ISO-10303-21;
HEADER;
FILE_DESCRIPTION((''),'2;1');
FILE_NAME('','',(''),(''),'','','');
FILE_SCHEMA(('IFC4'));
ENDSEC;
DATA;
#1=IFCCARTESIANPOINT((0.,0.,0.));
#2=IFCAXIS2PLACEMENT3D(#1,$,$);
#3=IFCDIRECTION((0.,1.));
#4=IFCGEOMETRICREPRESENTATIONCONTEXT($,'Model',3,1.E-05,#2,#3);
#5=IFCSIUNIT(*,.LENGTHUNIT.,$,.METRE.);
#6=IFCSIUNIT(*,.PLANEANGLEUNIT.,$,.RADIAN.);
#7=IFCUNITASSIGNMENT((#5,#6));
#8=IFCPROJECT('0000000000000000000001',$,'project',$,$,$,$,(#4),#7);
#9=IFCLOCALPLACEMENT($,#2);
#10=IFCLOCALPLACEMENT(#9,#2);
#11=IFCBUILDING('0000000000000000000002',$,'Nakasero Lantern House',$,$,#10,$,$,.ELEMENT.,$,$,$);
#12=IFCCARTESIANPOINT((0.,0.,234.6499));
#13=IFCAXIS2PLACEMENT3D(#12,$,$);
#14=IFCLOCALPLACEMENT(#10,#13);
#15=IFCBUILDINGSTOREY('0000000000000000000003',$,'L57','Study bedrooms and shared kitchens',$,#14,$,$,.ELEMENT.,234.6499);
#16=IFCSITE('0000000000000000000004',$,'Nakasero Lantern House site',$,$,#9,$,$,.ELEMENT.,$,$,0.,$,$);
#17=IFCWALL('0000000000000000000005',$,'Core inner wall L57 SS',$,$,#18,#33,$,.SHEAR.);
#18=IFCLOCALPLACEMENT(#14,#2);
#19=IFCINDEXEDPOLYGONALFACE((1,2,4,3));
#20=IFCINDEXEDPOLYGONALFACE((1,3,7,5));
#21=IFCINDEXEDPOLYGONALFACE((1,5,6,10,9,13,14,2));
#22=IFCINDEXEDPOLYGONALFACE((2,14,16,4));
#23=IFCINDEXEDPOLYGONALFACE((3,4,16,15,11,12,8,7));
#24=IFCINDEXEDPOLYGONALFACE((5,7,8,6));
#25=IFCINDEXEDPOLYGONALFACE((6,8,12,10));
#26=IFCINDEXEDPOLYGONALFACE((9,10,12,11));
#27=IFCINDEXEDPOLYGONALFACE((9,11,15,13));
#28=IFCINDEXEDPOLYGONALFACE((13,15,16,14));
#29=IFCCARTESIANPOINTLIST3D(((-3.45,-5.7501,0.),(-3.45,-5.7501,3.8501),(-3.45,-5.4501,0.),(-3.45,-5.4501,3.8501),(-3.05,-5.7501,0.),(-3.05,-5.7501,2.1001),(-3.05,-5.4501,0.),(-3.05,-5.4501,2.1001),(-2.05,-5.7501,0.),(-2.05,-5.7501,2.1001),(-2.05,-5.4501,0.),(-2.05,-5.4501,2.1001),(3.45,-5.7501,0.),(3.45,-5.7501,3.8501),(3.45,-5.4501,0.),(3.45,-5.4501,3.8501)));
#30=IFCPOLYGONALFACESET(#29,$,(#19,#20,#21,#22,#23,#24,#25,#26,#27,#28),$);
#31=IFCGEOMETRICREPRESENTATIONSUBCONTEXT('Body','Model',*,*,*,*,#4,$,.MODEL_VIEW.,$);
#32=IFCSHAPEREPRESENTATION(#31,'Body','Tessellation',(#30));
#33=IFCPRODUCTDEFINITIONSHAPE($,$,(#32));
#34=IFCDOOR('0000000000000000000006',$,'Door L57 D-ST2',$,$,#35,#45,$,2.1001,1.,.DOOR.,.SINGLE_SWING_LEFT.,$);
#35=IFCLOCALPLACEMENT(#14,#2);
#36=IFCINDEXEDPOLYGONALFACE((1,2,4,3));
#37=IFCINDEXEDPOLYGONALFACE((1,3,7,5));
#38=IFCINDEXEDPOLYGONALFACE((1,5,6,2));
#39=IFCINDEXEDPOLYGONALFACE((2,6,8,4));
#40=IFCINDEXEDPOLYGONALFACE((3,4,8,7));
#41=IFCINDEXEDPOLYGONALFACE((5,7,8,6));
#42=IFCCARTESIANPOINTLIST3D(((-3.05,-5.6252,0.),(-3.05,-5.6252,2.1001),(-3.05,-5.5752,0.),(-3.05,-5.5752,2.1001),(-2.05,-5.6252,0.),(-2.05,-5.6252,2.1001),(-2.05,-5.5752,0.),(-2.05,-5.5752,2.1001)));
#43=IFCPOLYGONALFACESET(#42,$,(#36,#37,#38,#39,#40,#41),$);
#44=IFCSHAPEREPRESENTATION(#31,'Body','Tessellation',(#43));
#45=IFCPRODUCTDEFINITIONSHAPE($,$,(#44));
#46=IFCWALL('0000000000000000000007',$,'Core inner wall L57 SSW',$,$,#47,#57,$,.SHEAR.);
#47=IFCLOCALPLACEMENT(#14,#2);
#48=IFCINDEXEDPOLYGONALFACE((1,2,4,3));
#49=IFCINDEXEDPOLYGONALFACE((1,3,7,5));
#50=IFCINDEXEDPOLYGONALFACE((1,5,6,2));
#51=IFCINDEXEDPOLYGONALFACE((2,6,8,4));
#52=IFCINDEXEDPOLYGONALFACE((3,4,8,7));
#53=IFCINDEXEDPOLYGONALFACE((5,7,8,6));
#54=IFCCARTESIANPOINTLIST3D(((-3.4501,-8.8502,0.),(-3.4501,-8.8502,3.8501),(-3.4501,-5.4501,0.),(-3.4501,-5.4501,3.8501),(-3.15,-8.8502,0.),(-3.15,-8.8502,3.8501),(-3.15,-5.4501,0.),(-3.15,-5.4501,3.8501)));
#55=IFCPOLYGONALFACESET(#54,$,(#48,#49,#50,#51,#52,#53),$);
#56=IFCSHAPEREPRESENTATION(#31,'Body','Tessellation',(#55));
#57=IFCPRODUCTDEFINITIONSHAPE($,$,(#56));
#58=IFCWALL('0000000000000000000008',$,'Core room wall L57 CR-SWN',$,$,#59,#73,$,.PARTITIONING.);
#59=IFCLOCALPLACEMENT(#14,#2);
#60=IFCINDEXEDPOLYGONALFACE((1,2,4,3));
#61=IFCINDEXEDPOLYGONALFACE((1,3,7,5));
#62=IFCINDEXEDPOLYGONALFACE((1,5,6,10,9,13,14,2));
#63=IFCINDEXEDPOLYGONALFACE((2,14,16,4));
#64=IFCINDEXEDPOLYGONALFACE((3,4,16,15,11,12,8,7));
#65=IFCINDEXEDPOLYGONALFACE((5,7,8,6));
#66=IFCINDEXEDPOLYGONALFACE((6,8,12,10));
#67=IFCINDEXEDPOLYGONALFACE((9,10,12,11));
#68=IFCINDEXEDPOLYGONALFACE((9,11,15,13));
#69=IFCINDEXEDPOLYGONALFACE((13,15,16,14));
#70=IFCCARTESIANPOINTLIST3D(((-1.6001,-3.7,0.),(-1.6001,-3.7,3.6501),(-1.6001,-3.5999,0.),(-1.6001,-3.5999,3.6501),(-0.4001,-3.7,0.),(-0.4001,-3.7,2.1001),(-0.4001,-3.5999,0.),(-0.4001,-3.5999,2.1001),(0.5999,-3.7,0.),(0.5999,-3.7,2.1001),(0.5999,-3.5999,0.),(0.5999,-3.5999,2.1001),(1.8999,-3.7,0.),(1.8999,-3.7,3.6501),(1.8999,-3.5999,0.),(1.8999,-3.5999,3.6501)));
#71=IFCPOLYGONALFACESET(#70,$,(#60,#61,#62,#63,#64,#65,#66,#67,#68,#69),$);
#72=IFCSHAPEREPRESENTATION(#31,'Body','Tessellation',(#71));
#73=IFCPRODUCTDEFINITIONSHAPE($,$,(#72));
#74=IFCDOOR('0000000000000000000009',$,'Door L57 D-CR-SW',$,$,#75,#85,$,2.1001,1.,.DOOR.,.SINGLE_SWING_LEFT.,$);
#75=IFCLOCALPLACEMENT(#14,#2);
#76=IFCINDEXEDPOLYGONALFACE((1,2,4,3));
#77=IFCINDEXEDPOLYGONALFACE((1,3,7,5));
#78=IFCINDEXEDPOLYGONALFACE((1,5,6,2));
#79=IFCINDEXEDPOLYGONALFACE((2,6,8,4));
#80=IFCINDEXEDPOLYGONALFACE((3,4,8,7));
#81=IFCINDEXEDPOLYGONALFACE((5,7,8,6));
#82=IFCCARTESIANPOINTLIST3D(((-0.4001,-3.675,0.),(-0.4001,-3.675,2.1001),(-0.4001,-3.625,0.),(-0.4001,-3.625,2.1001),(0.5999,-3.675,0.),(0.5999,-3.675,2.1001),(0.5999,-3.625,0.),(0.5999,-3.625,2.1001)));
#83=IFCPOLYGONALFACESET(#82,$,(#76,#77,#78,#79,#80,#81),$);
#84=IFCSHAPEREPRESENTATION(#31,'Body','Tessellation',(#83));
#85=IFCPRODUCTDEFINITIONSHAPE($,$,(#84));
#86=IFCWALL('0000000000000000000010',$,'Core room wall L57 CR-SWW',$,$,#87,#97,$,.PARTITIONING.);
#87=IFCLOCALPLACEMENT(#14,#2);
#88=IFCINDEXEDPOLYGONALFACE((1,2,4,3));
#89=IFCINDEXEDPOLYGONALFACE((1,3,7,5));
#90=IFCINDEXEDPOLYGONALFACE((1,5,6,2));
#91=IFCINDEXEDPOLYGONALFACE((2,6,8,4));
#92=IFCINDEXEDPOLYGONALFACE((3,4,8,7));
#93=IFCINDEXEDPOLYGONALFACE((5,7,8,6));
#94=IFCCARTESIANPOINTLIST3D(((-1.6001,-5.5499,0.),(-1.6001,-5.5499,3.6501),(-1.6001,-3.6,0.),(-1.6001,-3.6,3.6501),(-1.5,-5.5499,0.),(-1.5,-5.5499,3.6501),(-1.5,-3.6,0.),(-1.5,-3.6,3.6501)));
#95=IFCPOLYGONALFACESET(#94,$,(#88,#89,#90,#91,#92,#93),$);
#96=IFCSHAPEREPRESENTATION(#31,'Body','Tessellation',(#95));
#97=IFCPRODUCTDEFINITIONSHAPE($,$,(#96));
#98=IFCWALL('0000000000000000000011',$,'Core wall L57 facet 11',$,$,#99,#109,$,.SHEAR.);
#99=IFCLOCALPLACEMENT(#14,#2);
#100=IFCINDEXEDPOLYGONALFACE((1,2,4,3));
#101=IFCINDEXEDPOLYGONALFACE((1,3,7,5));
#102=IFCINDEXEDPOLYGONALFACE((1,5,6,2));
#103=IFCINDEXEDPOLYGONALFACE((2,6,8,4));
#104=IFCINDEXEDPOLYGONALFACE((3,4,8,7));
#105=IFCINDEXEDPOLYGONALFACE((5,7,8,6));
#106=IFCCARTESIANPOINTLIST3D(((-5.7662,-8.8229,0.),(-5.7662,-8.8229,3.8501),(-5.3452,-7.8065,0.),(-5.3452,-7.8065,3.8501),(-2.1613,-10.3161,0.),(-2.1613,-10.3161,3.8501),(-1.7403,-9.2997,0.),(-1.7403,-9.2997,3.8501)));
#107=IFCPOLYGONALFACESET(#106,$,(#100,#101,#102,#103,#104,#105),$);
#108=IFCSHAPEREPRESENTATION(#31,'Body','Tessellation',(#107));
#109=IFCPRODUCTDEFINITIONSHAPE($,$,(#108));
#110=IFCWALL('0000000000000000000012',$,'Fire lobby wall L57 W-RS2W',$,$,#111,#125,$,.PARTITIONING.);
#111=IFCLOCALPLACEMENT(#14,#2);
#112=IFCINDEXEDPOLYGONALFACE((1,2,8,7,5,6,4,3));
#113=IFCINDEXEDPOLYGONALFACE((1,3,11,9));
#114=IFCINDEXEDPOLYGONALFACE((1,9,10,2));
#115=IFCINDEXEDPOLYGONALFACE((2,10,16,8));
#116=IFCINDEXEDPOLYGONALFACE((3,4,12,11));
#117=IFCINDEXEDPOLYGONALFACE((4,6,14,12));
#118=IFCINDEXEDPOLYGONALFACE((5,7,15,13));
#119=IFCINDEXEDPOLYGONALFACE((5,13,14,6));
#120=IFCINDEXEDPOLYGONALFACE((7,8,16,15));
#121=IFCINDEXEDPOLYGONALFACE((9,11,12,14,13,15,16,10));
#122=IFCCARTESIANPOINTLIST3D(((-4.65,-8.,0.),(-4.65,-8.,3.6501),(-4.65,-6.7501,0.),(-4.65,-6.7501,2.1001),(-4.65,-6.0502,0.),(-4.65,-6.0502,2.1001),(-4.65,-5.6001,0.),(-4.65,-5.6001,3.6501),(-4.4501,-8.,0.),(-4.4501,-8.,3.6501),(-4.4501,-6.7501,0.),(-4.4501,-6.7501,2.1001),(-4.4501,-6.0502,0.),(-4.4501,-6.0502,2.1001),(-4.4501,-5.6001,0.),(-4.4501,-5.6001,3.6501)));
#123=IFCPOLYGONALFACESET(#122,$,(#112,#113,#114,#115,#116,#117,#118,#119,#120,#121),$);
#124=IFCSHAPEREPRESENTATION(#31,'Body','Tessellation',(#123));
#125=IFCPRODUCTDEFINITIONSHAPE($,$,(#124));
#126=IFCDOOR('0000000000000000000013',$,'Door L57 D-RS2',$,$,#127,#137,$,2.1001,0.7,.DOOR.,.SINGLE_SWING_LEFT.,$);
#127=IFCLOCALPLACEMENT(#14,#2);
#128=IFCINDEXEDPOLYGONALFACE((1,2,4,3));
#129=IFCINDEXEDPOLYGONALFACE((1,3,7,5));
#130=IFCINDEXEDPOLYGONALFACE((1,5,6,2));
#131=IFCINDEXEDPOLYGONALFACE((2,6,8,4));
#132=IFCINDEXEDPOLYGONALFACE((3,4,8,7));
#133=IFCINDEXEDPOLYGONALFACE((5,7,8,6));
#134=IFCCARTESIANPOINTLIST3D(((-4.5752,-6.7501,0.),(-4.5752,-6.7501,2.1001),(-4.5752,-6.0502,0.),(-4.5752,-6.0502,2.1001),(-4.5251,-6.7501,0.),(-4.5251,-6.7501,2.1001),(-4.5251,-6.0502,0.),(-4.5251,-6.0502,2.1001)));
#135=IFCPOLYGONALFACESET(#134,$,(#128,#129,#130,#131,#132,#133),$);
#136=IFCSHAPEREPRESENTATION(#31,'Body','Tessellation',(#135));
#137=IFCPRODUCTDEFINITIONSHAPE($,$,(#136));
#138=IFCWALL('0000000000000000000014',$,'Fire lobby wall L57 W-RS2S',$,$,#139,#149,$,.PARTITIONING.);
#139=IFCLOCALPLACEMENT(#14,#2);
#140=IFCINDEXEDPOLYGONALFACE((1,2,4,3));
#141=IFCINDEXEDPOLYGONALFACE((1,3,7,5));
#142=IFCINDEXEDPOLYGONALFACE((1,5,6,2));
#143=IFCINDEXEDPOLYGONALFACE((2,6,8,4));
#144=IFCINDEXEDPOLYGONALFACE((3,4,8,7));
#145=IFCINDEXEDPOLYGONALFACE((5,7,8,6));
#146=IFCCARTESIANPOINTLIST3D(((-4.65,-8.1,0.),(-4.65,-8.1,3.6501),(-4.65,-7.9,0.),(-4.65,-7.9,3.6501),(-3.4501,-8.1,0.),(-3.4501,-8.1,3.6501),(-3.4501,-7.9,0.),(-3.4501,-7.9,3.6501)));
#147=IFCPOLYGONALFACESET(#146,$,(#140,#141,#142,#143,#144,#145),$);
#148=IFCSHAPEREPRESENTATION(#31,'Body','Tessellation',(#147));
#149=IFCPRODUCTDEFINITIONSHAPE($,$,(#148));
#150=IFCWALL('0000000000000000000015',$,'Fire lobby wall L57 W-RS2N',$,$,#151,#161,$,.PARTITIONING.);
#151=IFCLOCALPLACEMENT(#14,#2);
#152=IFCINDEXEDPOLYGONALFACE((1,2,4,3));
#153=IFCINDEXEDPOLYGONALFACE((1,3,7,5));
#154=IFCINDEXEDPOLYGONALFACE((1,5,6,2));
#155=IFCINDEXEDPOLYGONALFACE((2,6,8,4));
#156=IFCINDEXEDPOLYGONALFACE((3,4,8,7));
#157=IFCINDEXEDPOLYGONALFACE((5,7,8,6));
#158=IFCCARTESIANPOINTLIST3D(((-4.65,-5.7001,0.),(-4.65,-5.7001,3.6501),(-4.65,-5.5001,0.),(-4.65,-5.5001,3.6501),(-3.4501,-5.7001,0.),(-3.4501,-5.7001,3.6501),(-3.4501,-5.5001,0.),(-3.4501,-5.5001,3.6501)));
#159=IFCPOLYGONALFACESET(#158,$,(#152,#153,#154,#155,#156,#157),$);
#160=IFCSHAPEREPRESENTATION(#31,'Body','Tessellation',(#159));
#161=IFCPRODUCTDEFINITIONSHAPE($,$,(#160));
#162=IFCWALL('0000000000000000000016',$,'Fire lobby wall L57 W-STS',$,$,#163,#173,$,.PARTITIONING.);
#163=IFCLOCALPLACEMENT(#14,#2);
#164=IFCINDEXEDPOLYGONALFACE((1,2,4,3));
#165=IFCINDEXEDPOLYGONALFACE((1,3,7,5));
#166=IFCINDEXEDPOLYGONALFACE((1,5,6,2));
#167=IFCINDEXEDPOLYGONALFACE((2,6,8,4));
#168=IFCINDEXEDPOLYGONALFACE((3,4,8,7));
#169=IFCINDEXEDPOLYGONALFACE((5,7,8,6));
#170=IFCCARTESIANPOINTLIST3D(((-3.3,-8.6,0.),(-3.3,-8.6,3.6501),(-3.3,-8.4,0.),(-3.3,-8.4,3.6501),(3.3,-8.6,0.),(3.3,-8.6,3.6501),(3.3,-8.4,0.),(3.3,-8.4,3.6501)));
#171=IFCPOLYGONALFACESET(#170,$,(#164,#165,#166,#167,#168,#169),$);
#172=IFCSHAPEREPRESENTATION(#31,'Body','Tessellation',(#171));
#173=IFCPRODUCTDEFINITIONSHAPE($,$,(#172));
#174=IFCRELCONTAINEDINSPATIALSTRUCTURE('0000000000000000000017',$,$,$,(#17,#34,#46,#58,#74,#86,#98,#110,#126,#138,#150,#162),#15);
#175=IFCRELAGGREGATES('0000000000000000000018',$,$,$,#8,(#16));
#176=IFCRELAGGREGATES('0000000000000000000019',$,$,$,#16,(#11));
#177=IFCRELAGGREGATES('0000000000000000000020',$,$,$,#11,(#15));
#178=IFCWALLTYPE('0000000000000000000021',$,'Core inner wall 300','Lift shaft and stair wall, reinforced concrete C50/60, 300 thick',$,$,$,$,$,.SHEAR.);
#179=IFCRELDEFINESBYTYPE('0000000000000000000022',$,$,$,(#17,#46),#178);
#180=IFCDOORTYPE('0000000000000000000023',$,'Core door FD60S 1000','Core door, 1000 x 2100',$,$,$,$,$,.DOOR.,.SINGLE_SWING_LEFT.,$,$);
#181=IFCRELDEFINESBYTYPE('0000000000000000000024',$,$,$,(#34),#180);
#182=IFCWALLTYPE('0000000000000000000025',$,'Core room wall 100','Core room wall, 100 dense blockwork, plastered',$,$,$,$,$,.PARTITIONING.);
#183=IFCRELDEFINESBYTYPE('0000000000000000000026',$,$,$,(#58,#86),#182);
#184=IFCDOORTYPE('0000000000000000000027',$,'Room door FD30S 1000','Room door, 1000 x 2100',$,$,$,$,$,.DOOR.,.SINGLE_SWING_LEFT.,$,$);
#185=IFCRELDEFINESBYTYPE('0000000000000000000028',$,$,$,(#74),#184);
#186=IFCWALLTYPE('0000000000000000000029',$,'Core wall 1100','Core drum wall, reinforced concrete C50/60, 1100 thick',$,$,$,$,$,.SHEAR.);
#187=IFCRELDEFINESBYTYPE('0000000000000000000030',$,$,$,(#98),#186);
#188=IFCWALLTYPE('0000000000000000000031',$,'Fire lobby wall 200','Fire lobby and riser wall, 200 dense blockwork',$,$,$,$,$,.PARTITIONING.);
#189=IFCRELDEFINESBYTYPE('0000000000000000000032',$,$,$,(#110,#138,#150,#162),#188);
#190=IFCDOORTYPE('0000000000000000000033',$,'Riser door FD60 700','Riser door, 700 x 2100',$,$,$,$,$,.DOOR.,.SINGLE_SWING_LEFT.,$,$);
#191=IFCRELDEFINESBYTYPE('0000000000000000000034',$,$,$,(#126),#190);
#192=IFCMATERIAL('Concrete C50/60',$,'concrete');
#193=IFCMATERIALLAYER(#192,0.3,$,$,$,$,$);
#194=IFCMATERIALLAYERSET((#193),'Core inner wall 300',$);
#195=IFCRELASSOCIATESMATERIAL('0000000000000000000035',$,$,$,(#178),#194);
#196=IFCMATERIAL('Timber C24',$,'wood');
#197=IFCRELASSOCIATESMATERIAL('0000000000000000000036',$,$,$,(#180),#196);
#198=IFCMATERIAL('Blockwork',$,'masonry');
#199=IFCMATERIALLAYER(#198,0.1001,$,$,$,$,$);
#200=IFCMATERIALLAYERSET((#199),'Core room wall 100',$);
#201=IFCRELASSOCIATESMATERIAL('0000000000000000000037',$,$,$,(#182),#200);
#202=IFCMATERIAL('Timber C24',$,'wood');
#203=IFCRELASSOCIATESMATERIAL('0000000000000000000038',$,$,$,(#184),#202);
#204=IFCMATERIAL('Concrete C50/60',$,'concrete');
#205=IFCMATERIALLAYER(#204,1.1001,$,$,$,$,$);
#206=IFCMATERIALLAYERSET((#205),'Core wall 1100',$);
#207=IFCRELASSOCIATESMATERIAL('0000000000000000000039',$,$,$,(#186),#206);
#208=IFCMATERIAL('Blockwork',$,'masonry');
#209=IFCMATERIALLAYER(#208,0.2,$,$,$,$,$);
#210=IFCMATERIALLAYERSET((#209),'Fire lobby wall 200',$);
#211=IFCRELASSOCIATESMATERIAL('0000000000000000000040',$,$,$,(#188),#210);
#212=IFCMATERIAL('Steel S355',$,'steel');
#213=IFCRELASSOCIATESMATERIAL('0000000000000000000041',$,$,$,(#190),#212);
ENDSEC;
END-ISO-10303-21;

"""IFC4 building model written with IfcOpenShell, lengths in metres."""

from ifc_helpers import new_model, si_unit, direction, frame, frame_2d, origin, place, context, subcontext, project, spatial, rectangle, extrude, material, layer, layer_set, type_object, element, fill, save


model = new_model("IFC4")

# Units and contexts
model_context = context("Model", 3, precision=1e-05, world=origin(), true_north=direction((0.0, 1.0)))
body_context = subcontext(model_context, "Body", "Model", "MODEL_VIEW")
ifc_project = project(units=[si_unit("LENGTHUNIT", "METRE"), si_unit("PLANEANGLEUNIT", "RADIAN")], contexts=[model_context])

# Site, building, storey
site_placement = place(None, origin())
site = spatial("IfcSite", under=ifc_project, at=site_placement, Name="Nakasero Lantern House site", CompositionType="ELEMENT", RefElevation=0.0)
building_placement = place(site_placement, origin())
building = spatial("IfcBuilding", under=site, at=building_placement, Name="Nakasero Lantern House", CompositionType="ELEMENT")
storey_placement = place(building_placement, frame((0.0, 0.0, 234.6499)))
storey = spatial("IfcBuildingStorey", under=building, at=storey_placement, Name="L57", Description="Study bedrooms and shared kitchens", CompositionType="ELEMENT", Elevation=234.6499)

# Wall, opening, door
ifc_material_1 = material(Name="Concrete C50/60", Category="concrete")
ifc_layer_1 = layer(ifc_material_1, 0.3)
ifc_layer_set_1 = layer_set([ifc_layer_1], Name="Core inner wall 300")
wall_type_1 = type_object("IfcWallType", Name="Core inner wall 300", Description="Lift shaft and stair wall, reinforced concrete C50/60, 300 thick", PredefinedType="SHEAR", material=ifc_layer_set_1)
wall_1_placement = place(storey_placement, frame((-3.45, -5.6001, 0.0), z_axis=(0.0, 0.0, 1.0), x_axis=(1.0, 0.0, 0.0)))
wall_1 = element("IfcWall", 1, at=wall_1_placement, inside=storey, type_object=wall_type_1, Name="Core inner wall L57 SS", PredefinedType="SHEAR", context=body_context, shape_type="SweptSolid", body=[
    extrude(rectangle(XDim=6.8999, YDim=0.3, at=frame_2d((3.45, 0.0))), origin(), (0.0, 0.0, 1.0), 3.8501),
])
opening_1_placement = place(wall_1_placement, frame((0.3999, 0.0, 0.0)))
opening_1 = element("IfcOpeningElement", 2, at=opening_1_placement, cuts=wall_1, PredefinedType="OPENING", context=body_context, shape_type="SweptSolid", body=[
    extrude(rectangle(XDim=1.0, YDim=2.1001, at=frame_2d((0.5, 1.05))), frame((0.0, 0.1699, 0.0), z_axis=(0.0, -1.0, 0.0), x_axis=(1.0, 0.0, 0.0)), (0.0, 0.0, 1.0), 0.3401),
])
ifc_material_2 = material(Name="Timber C24", Category="wood")
door_type_1 = type_object("IfcDoorType", Name="Core door FD60S 1000", Description="Core door, 1000 x 2100", OperationType="SINGLE_SWING_LEFT", PredefinedType="DOOR", material=ifc_material_2)
door_1_placement = place(opening_1_placement, origin())
door_1 = element("IfcDoor", 3, at=door_1_placement, inside=storey, type_object=door_type_1, Name="Door L57 D-ST2", OperationType="SINGLE_SWING_LEFT", OverallHeight=2.1001, OverallWidth=1.0, PredefinedType="DOOR", context=body_context, shape_type="SweptSolid", body=[
    extrude(rectangle(XDim=1.0, YDim=2.1001, at=frame_2d((0.5, 1.05))), frame((0.0, 0.0249, 0.0), z_axis=(0.0, -1.0, 0.0), x_axis=(1.0, 0.0, 0.0)), (0.0, 0.0, 1.0), 0.05),
])
fill(opening_1, door_1)

# Wall
wall_2_placement = place(storey_placement, frame((-3.3, -5.45, 0.0), z_axis=(0.0, 0.0, 1.0), x_axis=(0.0, -1.0, 0.0)))
element("IfcWall", 4, at=wall_2_placement, inside=storey, type_object=wall_type_1, Name="Core inner wall L57 SSW", PredefinedType="SHEAR", context=body_context, shape_type="SweptSolid", body=[
    extrude(rectangle(XDim=3.4001, YDim=0.3, at=frame_2d((1.7002, 0.0))), origin(), (0.0, 0.0, 1.0), 3.8501),
])

# Wall, opening, door
ifc_material_3 = material(Name="Blockwork", Category="masonry")
ifc_layer_2 = layer(ifc_material_3, 0.1001)
ifc_layer_set_2 = layer_set([ifc_layer_2], Name="Core room wall 100")
wall_type_2 = type_object("IfcWallType", Name="Core room wall 100", Description="Core room wall, 100 dense blockwork, plastered", PredefinedType="PARTITIONING", material=ifc_layer_set_2)
wall_3_placement = place(storey_placement, frame((-1.6001, -3.6499, 0.0), z_axis=(0.0, 0.0, 1.0), x_axis=(1.0, 0.0, 0.0)))
wall_3 = element("IfcWall", 5, at=wall_3_placement, inside=storey, type_object=wall_type_2, Name="Core room wall L57 CR-SWN", PredefinedType="PARTITIONING", context=body_context, shape_type="SweptSolid", body=[
    extrude(rectangle(XDim=3.5, YDim=0.1001, at=frame_2d((1.75, 0.0))), origin(), (0.0, 0.0, 1.0), 3.6501),
])
opening_2_placement = place(wall_3_placement, frame((1.2, 0.0, 0.0)))
opening_2 = element("IfcOpeningElement", 6, at=opening_2_placement, cuts=wall_3, PredefinedType="OPENING", context=body_context, shape_type="SweptSolid", body=[
    extrude(rectangle(XDim=1.0, YDim=2.1001, at=frame_2d((0.5, 1.05))), frame((0.0, 0.0701, 0.0), z_axis=(0.0, -1.0, 0.0), x_axis=(1.0, 0.0, 0.0)), (0.0, 0.0, 1.0), 0.1401),
])
ifc_material_4 = material(Name="Timber C24", Category="wood")
door_type_2 = type_object("IfcDoorType", Name="Room door FD30S 1000", Description="Room door, 1000 x 2100", OperationType="SINGLE_SWING_LEFT", PredefinedType="DOOR", material=ifc_material_4)
door_2_placement = place(opening_2_placement, origin())
door_2 = element("IfcDoor", 7, at=door_2_placement, inside=storey, type_object=door_type_2, Name="Door L57 D-CR-SW", OperationType="SINGLE_SWING_LEFT", OverallHeight=2.1001, OverallWidth=1.0, PredefinedType="DOOR", context=body_context, shape_type="SweptSolid", body=[
    extrude(rectangle(XDim=1.0, YDim=2.1001, at=frame_2d((0.5, 1.05))), frame((0.0, 0.0249, 0.0), z_axis=(0.0, -1.0, 0.0), x_axis=(1.0, 0.0, 0.0)), (0.0, 0.0, 1.0), 0.05),
])
fill(opening_2, door_2)

# Walls
wall_4_placement = place(storey_placement, frame((-1.55, -5.55, 0.0), z_axis=(0.0, 0.0, 1.0), x_axis=(0.0, 1.0, 0.0)))
element("IfcWall", 8, at=wall_4_placement, inside=storey, type_object=wall_type_2, Name="Core room wall L57 CR-SWW", PredefinedType="PARTITIONING", context=body_context, shape_type="SweptSolid", body=[
    extrude(rectangle(XDim=1.95, YDim=0.1001, at=frame_2d((0.9751, 0.0))), origin(), (0.0, 0.0, 1.0), 3.6501),
])
ifc_material_5 = material(Name="Concrete C50/60", Category="concrete")
ifc_layer_3 = layer(ifc_material_5, 1.1001)
ifc_layer_set_3 = layer_set([ifc_layer_3], Name="Core wall 1100")
wall_type_3 = type_object("IfcWallType", Name="Core wall 1100", Description="Core drum wall, reinforced concrete C50/60, 1100 thick", PredefinedType="SHEAR", material=ifc_layer_set_3)
wall_5_placement = place(storey_placement, frame((-5.5557, -8.3147, 0.0), z_axis=(0.0, 0.0, 1.0), x_axis=(0.923877, -0.382691, 0.0)))
element("IfcWall", 9, at=wall_5_placement, inside=storey, type_object=wall_type_3, Name="Core wall L57 facet 11", PredefinedType="SHEAR", context=body_context, shape_type="SweptSolid", body=[
    extrude(rectangle(XDim=3.9019, YDim=1.1001, at=frame_2d((1.9509, 0.0))), origin(), (0.0, 0.0, 1.0), 3.8501),
])

# Wall, opening, door
ifc_material_6 = material(Name="Blockwork", Category="masonry")
ifc_layer_4 = layer(ifc_material_6, 0.2)
ifc_layer_set_4 = layer_set([ifc_layer_4], Name="Fire lobby wall 200")
wall_type_4 = type_object("IfcWallType", Name="Fire lobby wall 200", Description="Fire lobby and riser wall, 200 dense blockwork", PredefinedType="PARTITIONING", material=ifc_layer_set_4)
wall_6_placement = place(storey_placement, frame((-4.55, -5.6001, 0.0), z_axis=(0.0, 0.0, 1.0), x_axis=(0.0, -1.0, 0.0)))
wall_6 = element("IfcWall", 10, at=wall_6_placement, inside=storey, type_object=wall_type_4, Name="Fire lobby wall L57 W-RS2W", PredefinedType="PARTITIONING", context=body_context, shape_type="SweptSolid", body=[
    extrude(rectangle(XDim=2.3999, YDim=0.2, at=frame_2d((1.2, 0.0))), origin(), (0.0, 0.0, 1.0), 3.6501),
])
opening_3_placement = place(wall_6_placement, frame((0.45, 0.0, 0.0)))
opening_3 = element("IfcOpeningElement", 11, at=opening_3_placement, cuts=wall_6, PredefinedType="OPENING", context=body_context, shape_type="SweptSolid", body=[
    extrude(rectangle(XDim=0.7, YDim=2.1001, at=frame_2d((0.3501, 1.05))), frame((0.0, 0.1199, 0.0), z_axis=(0.0, -1.0, 0.0), x_axis=(1.0, 0.0, 0.0)), (0.0, 0.0, 1.0), 0.24),
])
ifc_material_7 = material(Name="Steel S355", Category="steel")
door_type_3 = type_object("IfcDoorType", Name="Riser door FD60 700", Description="Riser door, 700 x 2100", OperationType="SINGLE_SWING_LEFT", PredefinedType="DOOR", material=ifc_material_7)
door_3_placement = place(opening_3_placement, origin())
door_3 = element("IfcDoor", 12, at=door_3_placement, inside=storey, type_object=door_type_3, Name="Door L57 D-RS2", OperationType="SINGLE_SWING_LEFT", OverallHeight=2.1001, OverallWidth=0.7, PredefinedType="DOOR", context=body_context, shape_type="SweptSolid", body=[
    extrude(rectangle(XDim=0.7, YDim=2.1001, at=frame_2d((0.3501, 1.05))), frame((0.0, 0.0249, 0.0), z_axis=(0.0, -1.0, 0.0), x_axis=(1.0, 0.0, 0.0)), (0.0, 0.0, 1.0), 0.05),
])
fill(opening_3, door_3)

# Walls
for number, where, z_axis, x_axis, name in (
    (13, (-3.45, -8.0, 0.0), (0.0, 0.0, 1.0), (-1.0, 0.0, 0.0), "Fire lobby wall L57 W-RS2S"),
    (14, (-3.45, -5.6001, 0.0), (0.0, 0.0, 1.0), (-1.0, 0.0, 0.0), "Fire lobby wall L57 W-RS2N"),
):
    element("IfcWall", number, at=place(storey_placement, frame(where, z_axis=z_axis, x_axis=x_axis)), inside=storey, type_object=wall_type_4, Name=name, PredefinedType="PARTITIONING", context=body_context, shape_type="SweptSolid", body=[
        extrude(rectangle(XDim=1.2, YDim=0.2, at=frame_2d((0.6001, 0.0))), origin(), (0.0, 0.0, 1.0), 3.6501),
    ])
wall_7_placement = place(storey_placement, frame((-3.3, -8.5, 0.0), z_axis=(0.0, 0.0, 1.0), x_axis=(1.0, 0.0, 0.0)))
element("IfcWall", 15, at=wall_7_placement, inside=storey, type_object=wall_type_4, Name="Fire lobby wall L57 W-STS", PredefinedType="PARTITIONING", context=body_context, shape_type="SweptSolid", body=[
    extrude(rectangle(XDim=6.6001, YDim=0.2, at=frame_2d((3.3, 0.0))), origin(), (0.0, 0.0, 1.0), 3.6501),
])

save(model, "model.ifc")
